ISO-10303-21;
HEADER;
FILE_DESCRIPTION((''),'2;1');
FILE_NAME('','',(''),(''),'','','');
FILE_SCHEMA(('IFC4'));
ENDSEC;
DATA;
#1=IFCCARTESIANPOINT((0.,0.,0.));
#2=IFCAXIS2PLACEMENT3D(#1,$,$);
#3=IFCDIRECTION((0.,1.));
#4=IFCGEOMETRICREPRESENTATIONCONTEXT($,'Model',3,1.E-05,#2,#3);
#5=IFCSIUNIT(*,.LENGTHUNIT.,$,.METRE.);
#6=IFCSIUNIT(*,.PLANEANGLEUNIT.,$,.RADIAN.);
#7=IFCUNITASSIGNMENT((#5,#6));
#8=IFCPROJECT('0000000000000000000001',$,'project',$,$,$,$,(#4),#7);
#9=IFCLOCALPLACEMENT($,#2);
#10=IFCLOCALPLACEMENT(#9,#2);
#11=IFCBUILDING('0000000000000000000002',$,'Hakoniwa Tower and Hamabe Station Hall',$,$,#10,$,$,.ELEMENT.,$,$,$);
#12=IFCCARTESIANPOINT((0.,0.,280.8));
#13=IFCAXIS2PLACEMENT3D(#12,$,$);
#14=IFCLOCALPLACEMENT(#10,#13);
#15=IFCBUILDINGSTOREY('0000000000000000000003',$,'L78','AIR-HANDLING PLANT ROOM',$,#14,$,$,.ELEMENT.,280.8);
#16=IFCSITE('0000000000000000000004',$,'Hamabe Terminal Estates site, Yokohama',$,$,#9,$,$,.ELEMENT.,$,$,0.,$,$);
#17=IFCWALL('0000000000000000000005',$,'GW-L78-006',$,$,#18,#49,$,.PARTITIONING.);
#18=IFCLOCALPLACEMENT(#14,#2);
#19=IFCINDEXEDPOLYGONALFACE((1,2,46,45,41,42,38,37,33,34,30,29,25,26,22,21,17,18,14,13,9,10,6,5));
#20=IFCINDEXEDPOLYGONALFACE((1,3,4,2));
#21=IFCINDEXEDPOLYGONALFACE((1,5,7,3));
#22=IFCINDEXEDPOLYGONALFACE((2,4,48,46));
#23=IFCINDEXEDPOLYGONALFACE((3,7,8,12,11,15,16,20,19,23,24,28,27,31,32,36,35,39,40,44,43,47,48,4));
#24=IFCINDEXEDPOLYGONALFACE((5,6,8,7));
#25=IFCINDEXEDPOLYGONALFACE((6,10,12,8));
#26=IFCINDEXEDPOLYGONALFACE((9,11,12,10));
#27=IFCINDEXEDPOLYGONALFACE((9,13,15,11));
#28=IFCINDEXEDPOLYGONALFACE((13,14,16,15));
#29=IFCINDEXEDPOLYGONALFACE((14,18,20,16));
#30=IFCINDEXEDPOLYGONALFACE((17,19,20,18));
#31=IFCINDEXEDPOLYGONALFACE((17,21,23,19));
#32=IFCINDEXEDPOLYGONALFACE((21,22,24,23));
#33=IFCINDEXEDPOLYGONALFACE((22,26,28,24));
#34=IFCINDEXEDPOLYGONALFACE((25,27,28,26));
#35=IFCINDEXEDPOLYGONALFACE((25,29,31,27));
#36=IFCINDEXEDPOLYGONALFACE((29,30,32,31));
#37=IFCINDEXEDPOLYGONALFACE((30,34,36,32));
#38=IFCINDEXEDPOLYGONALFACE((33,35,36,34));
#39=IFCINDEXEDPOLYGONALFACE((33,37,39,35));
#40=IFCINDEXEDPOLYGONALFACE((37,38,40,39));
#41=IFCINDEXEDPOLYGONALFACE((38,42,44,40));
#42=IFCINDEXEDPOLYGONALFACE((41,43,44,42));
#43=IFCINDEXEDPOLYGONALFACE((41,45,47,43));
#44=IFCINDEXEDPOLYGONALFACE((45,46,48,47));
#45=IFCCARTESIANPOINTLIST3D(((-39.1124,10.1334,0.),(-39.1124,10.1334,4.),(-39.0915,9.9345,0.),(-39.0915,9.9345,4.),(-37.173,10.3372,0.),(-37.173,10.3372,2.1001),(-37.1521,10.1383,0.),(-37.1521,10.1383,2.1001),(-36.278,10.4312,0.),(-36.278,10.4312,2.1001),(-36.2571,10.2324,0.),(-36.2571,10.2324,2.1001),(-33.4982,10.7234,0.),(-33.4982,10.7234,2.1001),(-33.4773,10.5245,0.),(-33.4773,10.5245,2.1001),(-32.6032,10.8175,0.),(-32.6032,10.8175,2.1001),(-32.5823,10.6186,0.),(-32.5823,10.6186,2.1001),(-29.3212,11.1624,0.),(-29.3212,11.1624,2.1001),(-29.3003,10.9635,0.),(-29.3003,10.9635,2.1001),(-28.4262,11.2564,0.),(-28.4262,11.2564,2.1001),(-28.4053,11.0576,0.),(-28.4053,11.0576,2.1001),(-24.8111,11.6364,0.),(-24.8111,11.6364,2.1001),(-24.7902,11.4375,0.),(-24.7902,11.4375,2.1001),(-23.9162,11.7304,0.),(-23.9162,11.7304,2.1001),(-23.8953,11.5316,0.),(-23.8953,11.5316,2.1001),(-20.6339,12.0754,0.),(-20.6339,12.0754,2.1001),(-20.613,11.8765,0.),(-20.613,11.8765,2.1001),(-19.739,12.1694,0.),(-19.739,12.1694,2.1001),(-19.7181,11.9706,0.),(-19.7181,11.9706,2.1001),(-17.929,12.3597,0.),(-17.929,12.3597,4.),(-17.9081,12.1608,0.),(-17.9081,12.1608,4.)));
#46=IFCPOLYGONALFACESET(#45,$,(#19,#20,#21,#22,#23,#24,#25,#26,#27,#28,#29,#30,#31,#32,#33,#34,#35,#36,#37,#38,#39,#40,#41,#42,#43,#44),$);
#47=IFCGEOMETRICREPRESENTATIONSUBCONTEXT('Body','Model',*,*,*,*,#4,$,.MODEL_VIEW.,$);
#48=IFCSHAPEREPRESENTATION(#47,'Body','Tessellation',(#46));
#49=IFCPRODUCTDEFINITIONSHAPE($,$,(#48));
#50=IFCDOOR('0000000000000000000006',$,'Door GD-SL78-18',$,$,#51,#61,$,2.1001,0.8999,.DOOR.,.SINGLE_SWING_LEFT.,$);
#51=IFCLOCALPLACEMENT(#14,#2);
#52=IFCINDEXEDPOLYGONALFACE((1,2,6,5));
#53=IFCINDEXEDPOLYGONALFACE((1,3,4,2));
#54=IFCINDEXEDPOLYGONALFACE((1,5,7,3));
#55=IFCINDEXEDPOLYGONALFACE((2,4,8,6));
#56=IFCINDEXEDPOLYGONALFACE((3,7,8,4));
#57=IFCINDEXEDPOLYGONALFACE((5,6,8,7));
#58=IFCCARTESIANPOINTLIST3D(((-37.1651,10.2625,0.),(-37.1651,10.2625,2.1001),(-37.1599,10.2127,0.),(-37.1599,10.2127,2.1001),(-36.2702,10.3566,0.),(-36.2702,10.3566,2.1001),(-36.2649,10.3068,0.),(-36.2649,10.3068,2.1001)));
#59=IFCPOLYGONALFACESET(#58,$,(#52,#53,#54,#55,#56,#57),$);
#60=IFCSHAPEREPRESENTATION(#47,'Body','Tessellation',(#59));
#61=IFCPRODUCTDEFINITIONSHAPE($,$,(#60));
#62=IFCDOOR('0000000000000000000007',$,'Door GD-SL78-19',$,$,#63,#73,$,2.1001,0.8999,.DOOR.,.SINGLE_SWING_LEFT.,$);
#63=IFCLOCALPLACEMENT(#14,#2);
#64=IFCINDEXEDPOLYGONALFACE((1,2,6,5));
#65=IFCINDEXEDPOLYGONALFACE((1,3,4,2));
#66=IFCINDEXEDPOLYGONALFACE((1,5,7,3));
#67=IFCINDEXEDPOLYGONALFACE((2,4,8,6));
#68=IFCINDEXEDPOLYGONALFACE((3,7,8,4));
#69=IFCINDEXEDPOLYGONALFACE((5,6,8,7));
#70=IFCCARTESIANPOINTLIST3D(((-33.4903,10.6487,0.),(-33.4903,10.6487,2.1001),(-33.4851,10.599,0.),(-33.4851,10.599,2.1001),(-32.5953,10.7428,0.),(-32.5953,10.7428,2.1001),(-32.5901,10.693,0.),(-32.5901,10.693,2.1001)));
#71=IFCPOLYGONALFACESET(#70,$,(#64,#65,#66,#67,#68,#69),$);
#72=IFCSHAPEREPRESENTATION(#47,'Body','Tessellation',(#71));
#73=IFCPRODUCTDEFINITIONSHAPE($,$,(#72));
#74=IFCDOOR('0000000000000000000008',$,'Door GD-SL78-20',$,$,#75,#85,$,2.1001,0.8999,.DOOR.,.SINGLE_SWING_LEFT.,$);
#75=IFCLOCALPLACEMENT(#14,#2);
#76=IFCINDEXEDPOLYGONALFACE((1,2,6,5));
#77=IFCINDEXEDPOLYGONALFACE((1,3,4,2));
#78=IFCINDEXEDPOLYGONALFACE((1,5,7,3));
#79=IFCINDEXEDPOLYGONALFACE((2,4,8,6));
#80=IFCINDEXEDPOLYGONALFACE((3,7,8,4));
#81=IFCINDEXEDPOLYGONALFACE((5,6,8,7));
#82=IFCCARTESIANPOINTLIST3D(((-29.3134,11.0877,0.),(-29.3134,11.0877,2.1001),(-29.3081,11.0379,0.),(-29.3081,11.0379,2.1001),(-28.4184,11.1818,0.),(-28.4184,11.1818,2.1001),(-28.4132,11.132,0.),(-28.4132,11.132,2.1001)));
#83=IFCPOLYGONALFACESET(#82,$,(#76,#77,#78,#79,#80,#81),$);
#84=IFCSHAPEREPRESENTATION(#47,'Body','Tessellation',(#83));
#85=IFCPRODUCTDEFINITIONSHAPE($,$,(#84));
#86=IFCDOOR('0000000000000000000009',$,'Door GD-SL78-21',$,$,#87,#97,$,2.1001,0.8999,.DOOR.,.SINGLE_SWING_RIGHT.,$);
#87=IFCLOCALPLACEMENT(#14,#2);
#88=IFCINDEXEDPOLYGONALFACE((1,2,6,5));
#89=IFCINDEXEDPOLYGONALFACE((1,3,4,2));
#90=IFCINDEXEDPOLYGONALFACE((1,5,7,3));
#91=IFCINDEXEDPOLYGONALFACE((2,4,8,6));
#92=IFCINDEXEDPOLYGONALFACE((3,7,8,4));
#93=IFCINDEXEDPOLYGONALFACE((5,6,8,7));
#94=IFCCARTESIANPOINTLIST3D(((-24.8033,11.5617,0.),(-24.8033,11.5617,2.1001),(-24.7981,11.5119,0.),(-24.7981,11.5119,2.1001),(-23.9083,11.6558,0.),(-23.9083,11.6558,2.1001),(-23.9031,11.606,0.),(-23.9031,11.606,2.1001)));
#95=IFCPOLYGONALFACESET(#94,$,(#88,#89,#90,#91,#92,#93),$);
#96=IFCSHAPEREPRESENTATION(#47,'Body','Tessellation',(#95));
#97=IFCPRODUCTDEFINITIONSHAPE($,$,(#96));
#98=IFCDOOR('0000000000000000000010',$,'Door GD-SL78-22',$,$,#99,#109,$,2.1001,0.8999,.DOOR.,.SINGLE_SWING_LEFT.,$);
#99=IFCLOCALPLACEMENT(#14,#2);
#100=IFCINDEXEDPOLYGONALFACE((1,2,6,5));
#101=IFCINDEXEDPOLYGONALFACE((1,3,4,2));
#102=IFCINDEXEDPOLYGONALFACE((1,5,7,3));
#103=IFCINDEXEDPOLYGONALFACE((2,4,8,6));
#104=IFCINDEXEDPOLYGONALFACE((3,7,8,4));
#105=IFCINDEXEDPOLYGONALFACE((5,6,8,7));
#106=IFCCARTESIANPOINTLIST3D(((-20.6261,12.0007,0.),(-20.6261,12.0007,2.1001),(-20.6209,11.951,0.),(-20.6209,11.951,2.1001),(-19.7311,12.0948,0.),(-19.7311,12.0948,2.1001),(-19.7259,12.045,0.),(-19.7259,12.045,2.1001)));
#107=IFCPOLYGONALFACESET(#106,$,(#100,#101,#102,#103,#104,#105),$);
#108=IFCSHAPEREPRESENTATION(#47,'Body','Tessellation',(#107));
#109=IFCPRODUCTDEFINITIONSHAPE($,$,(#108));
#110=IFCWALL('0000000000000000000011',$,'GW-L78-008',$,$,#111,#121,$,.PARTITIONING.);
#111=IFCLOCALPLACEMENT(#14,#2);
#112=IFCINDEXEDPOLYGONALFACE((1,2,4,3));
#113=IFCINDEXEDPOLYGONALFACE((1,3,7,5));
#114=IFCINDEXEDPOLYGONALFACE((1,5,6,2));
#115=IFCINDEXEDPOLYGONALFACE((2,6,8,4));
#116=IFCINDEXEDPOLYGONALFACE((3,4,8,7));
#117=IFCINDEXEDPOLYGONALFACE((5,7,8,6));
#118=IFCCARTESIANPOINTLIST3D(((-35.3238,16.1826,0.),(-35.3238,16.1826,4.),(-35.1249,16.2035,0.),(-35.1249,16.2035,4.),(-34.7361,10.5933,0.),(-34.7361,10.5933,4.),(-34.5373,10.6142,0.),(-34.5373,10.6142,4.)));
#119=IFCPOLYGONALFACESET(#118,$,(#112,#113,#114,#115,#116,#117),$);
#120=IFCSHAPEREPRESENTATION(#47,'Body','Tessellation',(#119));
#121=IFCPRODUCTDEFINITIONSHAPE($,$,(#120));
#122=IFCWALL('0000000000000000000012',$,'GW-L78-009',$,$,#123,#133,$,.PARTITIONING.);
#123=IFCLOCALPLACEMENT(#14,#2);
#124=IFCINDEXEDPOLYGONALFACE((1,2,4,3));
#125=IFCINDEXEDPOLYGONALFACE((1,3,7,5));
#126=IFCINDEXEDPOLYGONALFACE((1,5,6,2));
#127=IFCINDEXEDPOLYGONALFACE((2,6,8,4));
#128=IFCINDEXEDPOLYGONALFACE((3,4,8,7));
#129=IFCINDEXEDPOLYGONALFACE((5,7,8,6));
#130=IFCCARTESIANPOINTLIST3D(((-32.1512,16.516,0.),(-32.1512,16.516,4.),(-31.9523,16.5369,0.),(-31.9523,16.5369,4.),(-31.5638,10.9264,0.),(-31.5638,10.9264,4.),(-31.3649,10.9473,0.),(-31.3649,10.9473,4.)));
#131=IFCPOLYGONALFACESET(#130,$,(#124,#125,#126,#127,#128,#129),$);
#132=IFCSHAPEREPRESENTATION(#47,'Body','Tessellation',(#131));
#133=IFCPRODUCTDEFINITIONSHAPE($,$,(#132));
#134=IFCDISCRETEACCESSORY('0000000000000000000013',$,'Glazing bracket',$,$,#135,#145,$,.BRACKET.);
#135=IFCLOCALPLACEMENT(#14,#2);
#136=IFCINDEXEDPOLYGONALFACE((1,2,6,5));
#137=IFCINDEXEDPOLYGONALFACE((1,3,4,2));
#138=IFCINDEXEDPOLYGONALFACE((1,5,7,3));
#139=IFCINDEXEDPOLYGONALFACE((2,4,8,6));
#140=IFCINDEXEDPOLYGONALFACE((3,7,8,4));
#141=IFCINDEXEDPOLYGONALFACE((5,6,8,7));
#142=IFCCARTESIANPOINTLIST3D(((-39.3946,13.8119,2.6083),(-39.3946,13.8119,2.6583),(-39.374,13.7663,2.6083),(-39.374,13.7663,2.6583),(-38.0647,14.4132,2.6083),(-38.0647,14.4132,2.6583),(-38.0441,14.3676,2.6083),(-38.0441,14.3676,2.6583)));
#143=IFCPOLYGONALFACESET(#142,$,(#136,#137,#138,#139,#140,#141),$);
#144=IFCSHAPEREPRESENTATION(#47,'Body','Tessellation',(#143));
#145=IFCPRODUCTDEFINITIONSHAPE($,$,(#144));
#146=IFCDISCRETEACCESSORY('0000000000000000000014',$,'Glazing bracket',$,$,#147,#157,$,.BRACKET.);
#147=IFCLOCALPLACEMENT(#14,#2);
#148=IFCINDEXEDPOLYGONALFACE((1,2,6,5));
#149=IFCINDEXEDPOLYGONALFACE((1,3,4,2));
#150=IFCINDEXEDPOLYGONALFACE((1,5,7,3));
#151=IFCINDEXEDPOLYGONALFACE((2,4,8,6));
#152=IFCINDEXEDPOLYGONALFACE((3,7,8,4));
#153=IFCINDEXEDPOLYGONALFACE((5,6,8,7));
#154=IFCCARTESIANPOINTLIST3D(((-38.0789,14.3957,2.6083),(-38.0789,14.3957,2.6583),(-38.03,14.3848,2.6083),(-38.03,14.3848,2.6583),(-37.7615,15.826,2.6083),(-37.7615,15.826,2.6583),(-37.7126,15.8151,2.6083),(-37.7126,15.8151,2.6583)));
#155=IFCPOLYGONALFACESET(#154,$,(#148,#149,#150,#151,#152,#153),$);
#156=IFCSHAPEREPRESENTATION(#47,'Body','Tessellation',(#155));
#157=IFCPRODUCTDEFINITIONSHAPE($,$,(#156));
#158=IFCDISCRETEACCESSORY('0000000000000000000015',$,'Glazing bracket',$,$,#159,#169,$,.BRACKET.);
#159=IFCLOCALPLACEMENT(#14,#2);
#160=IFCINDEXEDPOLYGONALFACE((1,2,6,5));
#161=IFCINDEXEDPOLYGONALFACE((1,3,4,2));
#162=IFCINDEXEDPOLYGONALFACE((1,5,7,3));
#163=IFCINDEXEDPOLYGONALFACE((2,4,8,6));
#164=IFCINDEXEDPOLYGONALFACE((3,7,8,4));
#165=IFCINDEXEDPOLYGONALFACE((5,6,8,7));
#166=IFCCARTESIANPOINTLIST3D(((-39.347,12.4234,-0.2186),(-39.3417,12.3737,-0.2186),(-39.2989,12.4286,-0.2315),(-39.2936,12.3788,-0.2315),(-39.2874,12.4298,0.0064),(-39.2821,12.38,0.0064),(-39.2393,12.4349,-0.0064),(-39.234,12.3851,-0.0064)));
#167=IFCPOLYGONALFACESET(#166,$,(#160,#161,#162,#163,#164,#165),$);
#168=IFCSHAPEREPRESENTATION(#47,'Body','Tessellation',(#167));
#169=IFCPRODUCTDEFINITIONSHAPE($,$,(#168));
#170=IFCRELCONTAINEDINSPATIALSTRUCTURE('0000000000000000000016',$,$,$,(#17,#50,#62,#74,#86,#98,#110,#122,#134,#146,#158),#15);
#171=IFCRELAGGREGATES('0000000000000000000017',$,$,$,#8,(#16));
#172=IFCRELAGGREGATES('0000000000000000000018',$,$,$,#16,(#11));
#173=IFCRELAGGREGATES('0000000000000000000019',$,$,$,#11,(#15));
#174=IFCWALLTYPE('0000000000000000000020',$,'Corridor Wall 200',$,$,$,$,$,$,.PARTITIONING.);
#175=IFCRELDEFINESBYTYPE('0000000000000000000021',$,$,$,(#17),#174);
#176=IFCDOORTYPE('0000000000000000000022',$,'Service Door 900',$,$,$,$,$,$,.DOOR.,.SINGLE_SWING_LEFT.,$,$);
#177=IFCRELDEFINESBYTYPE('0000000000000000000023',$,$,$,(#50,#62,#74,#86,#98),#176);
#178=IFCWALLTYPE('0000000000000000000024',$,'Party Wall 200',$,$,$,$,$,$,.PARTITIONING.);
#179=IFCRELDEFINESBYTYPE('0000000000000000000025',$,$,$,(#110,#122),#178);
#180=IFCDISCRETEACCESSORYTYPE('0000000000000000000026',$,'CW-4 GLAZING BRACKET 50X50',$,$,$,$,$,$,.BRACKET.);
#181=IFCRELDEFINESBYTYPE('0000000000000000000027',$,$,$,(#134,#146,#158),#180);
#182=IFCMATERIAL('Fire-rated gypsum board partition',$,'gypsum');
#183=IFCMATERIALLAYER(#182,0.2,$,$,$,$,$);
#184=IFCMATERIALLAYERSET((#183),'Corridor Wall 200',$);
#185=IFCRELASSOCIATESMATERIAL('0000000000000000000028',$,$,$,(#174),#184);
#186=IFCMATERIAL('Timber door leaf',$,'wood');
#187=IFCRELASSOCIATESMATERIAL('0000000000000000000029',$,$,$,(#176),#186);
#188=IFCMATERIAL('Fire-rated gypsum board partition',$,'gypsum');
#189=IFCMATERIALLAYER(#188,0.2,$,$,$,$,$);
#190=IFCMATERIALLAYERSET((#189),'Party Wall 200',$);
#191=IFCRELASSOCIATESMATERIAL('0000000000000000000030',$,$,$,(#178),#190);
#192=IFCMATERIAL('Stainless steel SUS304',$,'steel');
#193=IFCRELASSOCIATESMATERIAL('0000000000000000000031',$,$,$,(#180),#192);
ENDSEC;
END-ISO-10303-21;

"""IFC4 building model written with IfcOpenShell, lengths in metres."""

from ifc_helpers import new_model, si_unit, direction, frame, frame_2d, origin, origin_2d, place, context, subcontext, project, spatial, rectangle, extrude, material, layer, layer_set, material_profile, profile_set, type_object, element, fill, save


model = new_model("IFC4")

# Units and contexts
model_context = context("Model", 3, precision=1e-05, world=origin(), true_north=direction((0.0, 1.0)))
body_context = subcontext(model_context, "Body", "Model", "MODEL_VIEW")
ifc_project = project(units=[si_unit("LENGTHUNIT", "METRE"), si_unit("PLANEANGLEUNIT", "RADIAN")], contexts=[model_context])

# Site, building, storey
site_placement = place(None, origin())
site = spatial("IfcSite", under=ifc_project, at=site_placement, Name="Hamabe Terminal Estates site, Yokohama", CompositionType="ELEMENT", RefElevation=0.0)
building_placement = place(site_placement, origin())
building = spatial("IfcBuilding", under=site, at=building_placement, Name="Hakoniwa Tower and Hamabe Station Hall", CompositionType="ELEMENT")
storey_placement = place(building_placement, frame((0.0, 0.0, 280.8)))
storey = spatial("IfcBuildingStorey", under=building, at=storey_placement, Name="L78", Description="AIR-HANDLING PLANT ROOM", CompositionType="ELEMENT", Elevation=280.8)

# Wall, openings, doors
ifc_material_1 = material(Name="Fire-rated gypsum board partition", Category="gypsum")
ifc_layer_1 = layer(ifc_material_1, 0.2)
ifc_layer_set_1 = layer_set([ifc_layer_1], Name="Corridor Wall 200")
wall_type_1 = type_object("IfcWallType", Name="Corridor Wall 200", PredefinedType="PARTITIONING", material=ifc_layer_set_1)
wall_1_placement = place(storey_placement, frame((-39.1018, 10.0339, 0.0), z_axis=(0.0, 0.0, 1.0), x_axis=(0.994523, 0.104522, 0.0)))
wall_1 = element("IfcWall", 1, at=wall_1_placement, inside=storey, type_object=wall_type_1, Name="GW-L78-006", PredefinedType="PARTITIONING", context=body_context, shape_type="SweptSolid", body=[
    extrude(rectangle(XDim=21.3, YDim=0.2, at=frame_2d((10.6499, 0.0))), origin(), (0.0, 0.0, 1.0), 4.0),
])
opening_1_placement = place(wall_1_placement, frame((1.95, 0.0, 0.0)))
opening_1 = element("IfcOpeningElement", 2, at=opening_1_placement, cuts=wall_1, PredefinedType="OPENING", context=body_context, shape_type="SweptSolid", body=[
    extrude(rectangle(XDim=0.8999, YDim=2.1001, at=frame_2d((0.45, 1.05))), frame((0.0, 0.1099, 0.0), z_axis=(0.0, -1.0, 0.0), x_axis=(1.0, 0.0, 0.0)), (0.0, 0.0, 1.0), 0.22),
])
opening_2_placement = place(wall_1_placement, frame((5.645, 0.0, 0.0)))
opening_2 = element("IfcOpeningElement", 3, at=opening_2_placement, cuts=wall_1, PredefinedType="OPENING", context=body_context, shape_type="SweptSolid", body=[
    extrude(rectangle(XDim=0.8999, YDim=2.1001, at=frame_2d((0.45, 1.05))), frame((0.0, 0.1099, 0.0), z_axis=(0.0, -1.0, 0.0), x_axis=(1.0, 0.0, 0.0)), (0.0, 0.0, 1.0), 0.22),
])
opening_3_placement = place(wall_1_placement, frame((9.845, 0.0, 0.0)))
opening_3 = element("IfcOpeningElement", 4, at=opening_3_placement, cuts=wall_1, PredefinedType="OPENING", context=body_context, shape_type="SweptSolid", body=[
    extrude(rectangle(XDim=0.8999, YDim=2.1001, at=frame_2d((0.45, 1.05))), frame((0.0, 0.1099, 0.0), z_axis=(0.0, -1.0, 0.0), x_axis=(1.0, 0.0, 0.0)), (0.0, 0.0, 1.0), 0.22),
])
opening_4_placement = place(wall_1_placement, frame((14.3799, 0.0, 0.0)))
opening_4 = element("IfcOpeningElement", 5, at=opening_4_placement, cuts=wall_1, PredefinedType="OPENING", context=body_context, shape_type="SweptSolid", body=[
    extrude(rectangle(XDim=0.8999, YDim=2.1001, at=frame_2d((0.45, 1.05))), frame((0.0, 0.1099, 0.0), z_axis=(0.0, -1.0, 0.0), x_axis=(1.0, 0.0, 0.0)), (0.0, 0.0, 1.0), 0.22),
])
opening_5_placement = place(wall_1_placement, frame((18.5801, 0.0, 0.0)))
opening_5 = element("IfcOpeningElement", 6, at=opening_5_placement, cuts=wall_1, PredefinedType="OPENING", context=body_context, shape_type="SweptSolid", body=[
    extrude(rectangle(XDim=0.8999, YDim=2.1001, at=frame_2d((0.45, 1.05))), frame((0.0, 0.1099, 0.0), z_axis=(0.0, -1.0, 0.0), x_axis=(1.0, 0.0, 0.0)), (0.0, 0.0, 1.0), 0.22),
])
ifc_material_2 = material(Name="Timber door leaf", Category="wood")
door_type = type_object("IfcDoorType", Name="Service Door 900", OperationType="SINGLE_SWING_LEFT", PredefinedType="DOOR", material=ifc_material_2)
door_1_placement = place(opening_1_placement, origin())
door_1 = element("IfcDoor", 7, at=door_1_placement, inside=storey, type_object=door_type, Name="Door GD-SL78-18", OperationType="SINGLE_SWING_LEFT", OverallHeight=2.1001, OverallWidth=0.8999, PredefinedType="DOOR", context=body_context, shape_type="SweptSolid", body=[
    extrude(rectangle(XDim=0.8999, YDim=2.1001, at=frame_2d((0.45, 1.05))), frame((0.0, 0.0249, 0.0), z_axis=(0.0, -1.0, 0.0), x_axis=(1.0, 0.0, 0.0)), (0.0, 0.0, 1.0), 0.05),
])
fill(opening_1, door_1)
door_2_placement = place(opening_2_placement, origin())
door_2 = element("IfcDoor", 8, at=door_2_placement, inside=storey, type_object=door_type, Name="Door GD-SL78-19", OperationType="SINGLE_SWING_LEFT", OverallHeight=2.1001, OverallWidth=0.8999, PredefinedType="DOOR", context=body_context, shape_type="SweptSolid", body=[
    extrude(rectangle(XDim=0.8999, YDim=2.1001, at=frame_2d((0.45, 1.05))), frame((0.0, 0.0249, 0.0), z_axis=(0.0, -1.0, 0.0), x_axis=(1.0, 0.0, 0.0)), (0.0, 0.0, 1.0), 0.05),
])
fill(opening_2, door_2)
door_3_placement = place(opening_3_placement, origin())
door_3 = element("IfcDoor", 9, at=door_3_placement, inside=storey, type_object=door_type, Name="Door GD-SL78-20", OperationType="SINGLE_SWING_LEFT", OverallHeight=2.1001, OverallWidth=0.8999, PredefinedType="DOOR", context=body_context, shape_type="SweptSolid", body=[
    extrude(rectangle(XDim=0.8999, YDim=2.1001, at=frame_2d((0.45, 1.05))), frame((0.0, 0.0249, 0.0), z_axis=(0.0, -1.0, 0.0), x_axis=(1.0, 0.0, 0.0)), (0.0, 0.0, 1.0), 0.05),
])
fill(opening_3, door_3)
door_4_placement = place(opening_4_placement, origin())
door_4 = element("IfcDoor", 10, at=door_4_placement, inside=storey, type_object=door_type, Name="Door GD-SL78-21", OperationType="SINGLE_SWING_RIGHT", OverallHeight=2.1001, OverallWidth=0.8999, PredefinedType="DOOR", context=body_context, shape_type="SweptSolid", body=[
    extrude(rectangle(XDim=0.8999, YDim=2.1001, at=frame_2d((0.45, 1.05))), frame((0.0, 0.0249, 0.0), z_axis=(0.0, -1.0, 0.0), x_axis=(1.0, 0.0, 0.0)), (0.0, 0.0, 1.0), 0.05),
])
fill(opening_4, door_4)
door_5_placement = place(opening_5_placement, origin())
door_5 = element("IfcDoor", 11, at=door_5_placement, inside=storey, type_object=door_type, Name="Door GD-SL78-22", OperationType="SINGLE_SWING_LEFT", OverallHeight=2.1001, OverallWidth=0.8999, PredefinedType="DOOR", context=body_context, shape_type="SweptSolid", body=[
    extrude(rectangle(XDim=0.8999, YDim=2.1001, at=frame_2d((0.45, 1.05))), frame((0.0, 0.0249, 0.0), z_axis=(0.0, -1.0, 0.0), x_axis=(1.0, 0.0, 0.0)), (0.0, 0.0, 1.0), 0.05),
])
fill(opening_5, door_5)

# Walls
ifc_material_3 = material(Name="Fire-rated gypsum board partition", Category="gypsum")
ifc_layer_2 = layer(ifc_material_3, 0.2)
ifc_layer_set_2 = layer_set([ifc_layer_2], Name="Party Wall 200")
wall_type_2 = type_object("IfcWallType", Name="Party Wall 200", PredefinedType="PARTITIONING", material=ifc_layer_set_2)
wall_2_placement = place(storey_placement, frame((-34.6367, 10.6038, 0.0), z_axis=(0.0, 0.0, 1.0), x_axis=(-0.10456, 0.994519, 0.0)))
element("IfcWall", 12, at=wall_2_placement, inside=storey, type_object=wall_type_2, Name="GW-L78-008", PredefinedType="PARTITIONING", context=body_context, shape_type="SweptSolid", body=[
    extrude(rectangle(XDim=5.6201, YDim=0.2, at=frame_2d((2.8101, 0.0))), origin(), (0.0, 0.0, 1.0), 4.0),
])
wall_3_placement = place(storey_placement, frame((-31.4644, 10.937, 0.0), z_axis=(0.0, 0.0, 1.0), x_axis=(-0.104513, 0.994524, 0.0)))
element("IfcWall", 13, at=wall_3_placement, inside=storey, type_object=wall_type_2, Name="GW-L78-009", PredefinedType="PARTITIONING", context=body_context, shape_type="SweptSolid", body=[
    extrude(rectangle(XDim=5.6204, YDim=0.2, at=frame_2d((2.8101, 0.0))), origin(), (0.0, 0.0, 1.0), 4.0),
])

# Discrete accessories
ifc_material_4 = material(Name="Stainless steel SUS304", Category="steel")
ifc_material_profile_1 = material_profile(ifc_material_4, rectangle(XDim=0.05, YDim=0.05, at=origin_2d()), Name="CW-4 GLAZING BRACKET 50X50")
ifc_profile_set_1 = profile_set([ifc_material_profile_1], Name="Stainless steel SUS304")
discrete_accessory_type = type_object("IfcDiscreteAccessoryType", Name="CW-4 GLAZING BRACKET 50X50", PredefinedType="BRACKET", material=ifc_profile_set_1)
discrete_accessory_1_placement = place(storey_placement, frame((-39.3843, 13.7891, 2.6333), z_axis=(0.911178, 0.412012, 0.0), x_axis=(-0.412012, 0.911178, 0.0)))
element("IfcDiscreteAccessory", 14, at=discrete_accessory_1_placement, inside=storey, type_object=discrete_accessory_type, Name="Glazing bracket", PredefinedType="BRACKET", context=body_context, shape_type="SweptSolid", body=[
    extrude(rectangle(XDim=0.05, YDim=0.05, at=origin_2d()), origin(), (0.0, 0.0, 1.0), 1.4595),
])
discrete_accessory_2_placement = place(storey_placement, frame((-37.7371, 15.8206, 2.6333), z_axis=(-0.216648, -0.97625, 0.0), x_axis=(0.97625, -0.216648, 0.0)))
element("IfcDiscreteAccessory", 15, at=discrete_accessory_2_placement, inside=storey, type_object=discrete_accessory_type, Name="Glazing bracket", PredefinedType="BRACKET", context=body_context, shape_type="SweptSolid", body=[
    extrude(rectangle(XDim=0.05, YDim=0.05, at=origin_2d()), origin(), (0.0, 0.0, 1.0), 1.4651),
])
for number, where, z_axis, x_axis, name in (
    (16, (-39.2607, 12.4075, 0.0), (-0.25574, -0.027251, -0.966361), (0.105958, -0.994371, 0.0), "Glazing bracket"),
):
    element("IfcDiscreteAccessory", number, at=place(storey_placement, frame(where, z_axis=z_axis, x_axis=x_axis)), inside=storey, type_object=discrete_accessory_type, Name=name, PredefinedType="BRACKET", context=body_context, shape_type="SweptSolid", body=[
        extrude(rectangle(XDim=0.05, YDim=0.05, at=origin_2d()), origin(), (0.0, 0.0, 1.0), 0.2329),
    ])

save(model, "model.ifc")
